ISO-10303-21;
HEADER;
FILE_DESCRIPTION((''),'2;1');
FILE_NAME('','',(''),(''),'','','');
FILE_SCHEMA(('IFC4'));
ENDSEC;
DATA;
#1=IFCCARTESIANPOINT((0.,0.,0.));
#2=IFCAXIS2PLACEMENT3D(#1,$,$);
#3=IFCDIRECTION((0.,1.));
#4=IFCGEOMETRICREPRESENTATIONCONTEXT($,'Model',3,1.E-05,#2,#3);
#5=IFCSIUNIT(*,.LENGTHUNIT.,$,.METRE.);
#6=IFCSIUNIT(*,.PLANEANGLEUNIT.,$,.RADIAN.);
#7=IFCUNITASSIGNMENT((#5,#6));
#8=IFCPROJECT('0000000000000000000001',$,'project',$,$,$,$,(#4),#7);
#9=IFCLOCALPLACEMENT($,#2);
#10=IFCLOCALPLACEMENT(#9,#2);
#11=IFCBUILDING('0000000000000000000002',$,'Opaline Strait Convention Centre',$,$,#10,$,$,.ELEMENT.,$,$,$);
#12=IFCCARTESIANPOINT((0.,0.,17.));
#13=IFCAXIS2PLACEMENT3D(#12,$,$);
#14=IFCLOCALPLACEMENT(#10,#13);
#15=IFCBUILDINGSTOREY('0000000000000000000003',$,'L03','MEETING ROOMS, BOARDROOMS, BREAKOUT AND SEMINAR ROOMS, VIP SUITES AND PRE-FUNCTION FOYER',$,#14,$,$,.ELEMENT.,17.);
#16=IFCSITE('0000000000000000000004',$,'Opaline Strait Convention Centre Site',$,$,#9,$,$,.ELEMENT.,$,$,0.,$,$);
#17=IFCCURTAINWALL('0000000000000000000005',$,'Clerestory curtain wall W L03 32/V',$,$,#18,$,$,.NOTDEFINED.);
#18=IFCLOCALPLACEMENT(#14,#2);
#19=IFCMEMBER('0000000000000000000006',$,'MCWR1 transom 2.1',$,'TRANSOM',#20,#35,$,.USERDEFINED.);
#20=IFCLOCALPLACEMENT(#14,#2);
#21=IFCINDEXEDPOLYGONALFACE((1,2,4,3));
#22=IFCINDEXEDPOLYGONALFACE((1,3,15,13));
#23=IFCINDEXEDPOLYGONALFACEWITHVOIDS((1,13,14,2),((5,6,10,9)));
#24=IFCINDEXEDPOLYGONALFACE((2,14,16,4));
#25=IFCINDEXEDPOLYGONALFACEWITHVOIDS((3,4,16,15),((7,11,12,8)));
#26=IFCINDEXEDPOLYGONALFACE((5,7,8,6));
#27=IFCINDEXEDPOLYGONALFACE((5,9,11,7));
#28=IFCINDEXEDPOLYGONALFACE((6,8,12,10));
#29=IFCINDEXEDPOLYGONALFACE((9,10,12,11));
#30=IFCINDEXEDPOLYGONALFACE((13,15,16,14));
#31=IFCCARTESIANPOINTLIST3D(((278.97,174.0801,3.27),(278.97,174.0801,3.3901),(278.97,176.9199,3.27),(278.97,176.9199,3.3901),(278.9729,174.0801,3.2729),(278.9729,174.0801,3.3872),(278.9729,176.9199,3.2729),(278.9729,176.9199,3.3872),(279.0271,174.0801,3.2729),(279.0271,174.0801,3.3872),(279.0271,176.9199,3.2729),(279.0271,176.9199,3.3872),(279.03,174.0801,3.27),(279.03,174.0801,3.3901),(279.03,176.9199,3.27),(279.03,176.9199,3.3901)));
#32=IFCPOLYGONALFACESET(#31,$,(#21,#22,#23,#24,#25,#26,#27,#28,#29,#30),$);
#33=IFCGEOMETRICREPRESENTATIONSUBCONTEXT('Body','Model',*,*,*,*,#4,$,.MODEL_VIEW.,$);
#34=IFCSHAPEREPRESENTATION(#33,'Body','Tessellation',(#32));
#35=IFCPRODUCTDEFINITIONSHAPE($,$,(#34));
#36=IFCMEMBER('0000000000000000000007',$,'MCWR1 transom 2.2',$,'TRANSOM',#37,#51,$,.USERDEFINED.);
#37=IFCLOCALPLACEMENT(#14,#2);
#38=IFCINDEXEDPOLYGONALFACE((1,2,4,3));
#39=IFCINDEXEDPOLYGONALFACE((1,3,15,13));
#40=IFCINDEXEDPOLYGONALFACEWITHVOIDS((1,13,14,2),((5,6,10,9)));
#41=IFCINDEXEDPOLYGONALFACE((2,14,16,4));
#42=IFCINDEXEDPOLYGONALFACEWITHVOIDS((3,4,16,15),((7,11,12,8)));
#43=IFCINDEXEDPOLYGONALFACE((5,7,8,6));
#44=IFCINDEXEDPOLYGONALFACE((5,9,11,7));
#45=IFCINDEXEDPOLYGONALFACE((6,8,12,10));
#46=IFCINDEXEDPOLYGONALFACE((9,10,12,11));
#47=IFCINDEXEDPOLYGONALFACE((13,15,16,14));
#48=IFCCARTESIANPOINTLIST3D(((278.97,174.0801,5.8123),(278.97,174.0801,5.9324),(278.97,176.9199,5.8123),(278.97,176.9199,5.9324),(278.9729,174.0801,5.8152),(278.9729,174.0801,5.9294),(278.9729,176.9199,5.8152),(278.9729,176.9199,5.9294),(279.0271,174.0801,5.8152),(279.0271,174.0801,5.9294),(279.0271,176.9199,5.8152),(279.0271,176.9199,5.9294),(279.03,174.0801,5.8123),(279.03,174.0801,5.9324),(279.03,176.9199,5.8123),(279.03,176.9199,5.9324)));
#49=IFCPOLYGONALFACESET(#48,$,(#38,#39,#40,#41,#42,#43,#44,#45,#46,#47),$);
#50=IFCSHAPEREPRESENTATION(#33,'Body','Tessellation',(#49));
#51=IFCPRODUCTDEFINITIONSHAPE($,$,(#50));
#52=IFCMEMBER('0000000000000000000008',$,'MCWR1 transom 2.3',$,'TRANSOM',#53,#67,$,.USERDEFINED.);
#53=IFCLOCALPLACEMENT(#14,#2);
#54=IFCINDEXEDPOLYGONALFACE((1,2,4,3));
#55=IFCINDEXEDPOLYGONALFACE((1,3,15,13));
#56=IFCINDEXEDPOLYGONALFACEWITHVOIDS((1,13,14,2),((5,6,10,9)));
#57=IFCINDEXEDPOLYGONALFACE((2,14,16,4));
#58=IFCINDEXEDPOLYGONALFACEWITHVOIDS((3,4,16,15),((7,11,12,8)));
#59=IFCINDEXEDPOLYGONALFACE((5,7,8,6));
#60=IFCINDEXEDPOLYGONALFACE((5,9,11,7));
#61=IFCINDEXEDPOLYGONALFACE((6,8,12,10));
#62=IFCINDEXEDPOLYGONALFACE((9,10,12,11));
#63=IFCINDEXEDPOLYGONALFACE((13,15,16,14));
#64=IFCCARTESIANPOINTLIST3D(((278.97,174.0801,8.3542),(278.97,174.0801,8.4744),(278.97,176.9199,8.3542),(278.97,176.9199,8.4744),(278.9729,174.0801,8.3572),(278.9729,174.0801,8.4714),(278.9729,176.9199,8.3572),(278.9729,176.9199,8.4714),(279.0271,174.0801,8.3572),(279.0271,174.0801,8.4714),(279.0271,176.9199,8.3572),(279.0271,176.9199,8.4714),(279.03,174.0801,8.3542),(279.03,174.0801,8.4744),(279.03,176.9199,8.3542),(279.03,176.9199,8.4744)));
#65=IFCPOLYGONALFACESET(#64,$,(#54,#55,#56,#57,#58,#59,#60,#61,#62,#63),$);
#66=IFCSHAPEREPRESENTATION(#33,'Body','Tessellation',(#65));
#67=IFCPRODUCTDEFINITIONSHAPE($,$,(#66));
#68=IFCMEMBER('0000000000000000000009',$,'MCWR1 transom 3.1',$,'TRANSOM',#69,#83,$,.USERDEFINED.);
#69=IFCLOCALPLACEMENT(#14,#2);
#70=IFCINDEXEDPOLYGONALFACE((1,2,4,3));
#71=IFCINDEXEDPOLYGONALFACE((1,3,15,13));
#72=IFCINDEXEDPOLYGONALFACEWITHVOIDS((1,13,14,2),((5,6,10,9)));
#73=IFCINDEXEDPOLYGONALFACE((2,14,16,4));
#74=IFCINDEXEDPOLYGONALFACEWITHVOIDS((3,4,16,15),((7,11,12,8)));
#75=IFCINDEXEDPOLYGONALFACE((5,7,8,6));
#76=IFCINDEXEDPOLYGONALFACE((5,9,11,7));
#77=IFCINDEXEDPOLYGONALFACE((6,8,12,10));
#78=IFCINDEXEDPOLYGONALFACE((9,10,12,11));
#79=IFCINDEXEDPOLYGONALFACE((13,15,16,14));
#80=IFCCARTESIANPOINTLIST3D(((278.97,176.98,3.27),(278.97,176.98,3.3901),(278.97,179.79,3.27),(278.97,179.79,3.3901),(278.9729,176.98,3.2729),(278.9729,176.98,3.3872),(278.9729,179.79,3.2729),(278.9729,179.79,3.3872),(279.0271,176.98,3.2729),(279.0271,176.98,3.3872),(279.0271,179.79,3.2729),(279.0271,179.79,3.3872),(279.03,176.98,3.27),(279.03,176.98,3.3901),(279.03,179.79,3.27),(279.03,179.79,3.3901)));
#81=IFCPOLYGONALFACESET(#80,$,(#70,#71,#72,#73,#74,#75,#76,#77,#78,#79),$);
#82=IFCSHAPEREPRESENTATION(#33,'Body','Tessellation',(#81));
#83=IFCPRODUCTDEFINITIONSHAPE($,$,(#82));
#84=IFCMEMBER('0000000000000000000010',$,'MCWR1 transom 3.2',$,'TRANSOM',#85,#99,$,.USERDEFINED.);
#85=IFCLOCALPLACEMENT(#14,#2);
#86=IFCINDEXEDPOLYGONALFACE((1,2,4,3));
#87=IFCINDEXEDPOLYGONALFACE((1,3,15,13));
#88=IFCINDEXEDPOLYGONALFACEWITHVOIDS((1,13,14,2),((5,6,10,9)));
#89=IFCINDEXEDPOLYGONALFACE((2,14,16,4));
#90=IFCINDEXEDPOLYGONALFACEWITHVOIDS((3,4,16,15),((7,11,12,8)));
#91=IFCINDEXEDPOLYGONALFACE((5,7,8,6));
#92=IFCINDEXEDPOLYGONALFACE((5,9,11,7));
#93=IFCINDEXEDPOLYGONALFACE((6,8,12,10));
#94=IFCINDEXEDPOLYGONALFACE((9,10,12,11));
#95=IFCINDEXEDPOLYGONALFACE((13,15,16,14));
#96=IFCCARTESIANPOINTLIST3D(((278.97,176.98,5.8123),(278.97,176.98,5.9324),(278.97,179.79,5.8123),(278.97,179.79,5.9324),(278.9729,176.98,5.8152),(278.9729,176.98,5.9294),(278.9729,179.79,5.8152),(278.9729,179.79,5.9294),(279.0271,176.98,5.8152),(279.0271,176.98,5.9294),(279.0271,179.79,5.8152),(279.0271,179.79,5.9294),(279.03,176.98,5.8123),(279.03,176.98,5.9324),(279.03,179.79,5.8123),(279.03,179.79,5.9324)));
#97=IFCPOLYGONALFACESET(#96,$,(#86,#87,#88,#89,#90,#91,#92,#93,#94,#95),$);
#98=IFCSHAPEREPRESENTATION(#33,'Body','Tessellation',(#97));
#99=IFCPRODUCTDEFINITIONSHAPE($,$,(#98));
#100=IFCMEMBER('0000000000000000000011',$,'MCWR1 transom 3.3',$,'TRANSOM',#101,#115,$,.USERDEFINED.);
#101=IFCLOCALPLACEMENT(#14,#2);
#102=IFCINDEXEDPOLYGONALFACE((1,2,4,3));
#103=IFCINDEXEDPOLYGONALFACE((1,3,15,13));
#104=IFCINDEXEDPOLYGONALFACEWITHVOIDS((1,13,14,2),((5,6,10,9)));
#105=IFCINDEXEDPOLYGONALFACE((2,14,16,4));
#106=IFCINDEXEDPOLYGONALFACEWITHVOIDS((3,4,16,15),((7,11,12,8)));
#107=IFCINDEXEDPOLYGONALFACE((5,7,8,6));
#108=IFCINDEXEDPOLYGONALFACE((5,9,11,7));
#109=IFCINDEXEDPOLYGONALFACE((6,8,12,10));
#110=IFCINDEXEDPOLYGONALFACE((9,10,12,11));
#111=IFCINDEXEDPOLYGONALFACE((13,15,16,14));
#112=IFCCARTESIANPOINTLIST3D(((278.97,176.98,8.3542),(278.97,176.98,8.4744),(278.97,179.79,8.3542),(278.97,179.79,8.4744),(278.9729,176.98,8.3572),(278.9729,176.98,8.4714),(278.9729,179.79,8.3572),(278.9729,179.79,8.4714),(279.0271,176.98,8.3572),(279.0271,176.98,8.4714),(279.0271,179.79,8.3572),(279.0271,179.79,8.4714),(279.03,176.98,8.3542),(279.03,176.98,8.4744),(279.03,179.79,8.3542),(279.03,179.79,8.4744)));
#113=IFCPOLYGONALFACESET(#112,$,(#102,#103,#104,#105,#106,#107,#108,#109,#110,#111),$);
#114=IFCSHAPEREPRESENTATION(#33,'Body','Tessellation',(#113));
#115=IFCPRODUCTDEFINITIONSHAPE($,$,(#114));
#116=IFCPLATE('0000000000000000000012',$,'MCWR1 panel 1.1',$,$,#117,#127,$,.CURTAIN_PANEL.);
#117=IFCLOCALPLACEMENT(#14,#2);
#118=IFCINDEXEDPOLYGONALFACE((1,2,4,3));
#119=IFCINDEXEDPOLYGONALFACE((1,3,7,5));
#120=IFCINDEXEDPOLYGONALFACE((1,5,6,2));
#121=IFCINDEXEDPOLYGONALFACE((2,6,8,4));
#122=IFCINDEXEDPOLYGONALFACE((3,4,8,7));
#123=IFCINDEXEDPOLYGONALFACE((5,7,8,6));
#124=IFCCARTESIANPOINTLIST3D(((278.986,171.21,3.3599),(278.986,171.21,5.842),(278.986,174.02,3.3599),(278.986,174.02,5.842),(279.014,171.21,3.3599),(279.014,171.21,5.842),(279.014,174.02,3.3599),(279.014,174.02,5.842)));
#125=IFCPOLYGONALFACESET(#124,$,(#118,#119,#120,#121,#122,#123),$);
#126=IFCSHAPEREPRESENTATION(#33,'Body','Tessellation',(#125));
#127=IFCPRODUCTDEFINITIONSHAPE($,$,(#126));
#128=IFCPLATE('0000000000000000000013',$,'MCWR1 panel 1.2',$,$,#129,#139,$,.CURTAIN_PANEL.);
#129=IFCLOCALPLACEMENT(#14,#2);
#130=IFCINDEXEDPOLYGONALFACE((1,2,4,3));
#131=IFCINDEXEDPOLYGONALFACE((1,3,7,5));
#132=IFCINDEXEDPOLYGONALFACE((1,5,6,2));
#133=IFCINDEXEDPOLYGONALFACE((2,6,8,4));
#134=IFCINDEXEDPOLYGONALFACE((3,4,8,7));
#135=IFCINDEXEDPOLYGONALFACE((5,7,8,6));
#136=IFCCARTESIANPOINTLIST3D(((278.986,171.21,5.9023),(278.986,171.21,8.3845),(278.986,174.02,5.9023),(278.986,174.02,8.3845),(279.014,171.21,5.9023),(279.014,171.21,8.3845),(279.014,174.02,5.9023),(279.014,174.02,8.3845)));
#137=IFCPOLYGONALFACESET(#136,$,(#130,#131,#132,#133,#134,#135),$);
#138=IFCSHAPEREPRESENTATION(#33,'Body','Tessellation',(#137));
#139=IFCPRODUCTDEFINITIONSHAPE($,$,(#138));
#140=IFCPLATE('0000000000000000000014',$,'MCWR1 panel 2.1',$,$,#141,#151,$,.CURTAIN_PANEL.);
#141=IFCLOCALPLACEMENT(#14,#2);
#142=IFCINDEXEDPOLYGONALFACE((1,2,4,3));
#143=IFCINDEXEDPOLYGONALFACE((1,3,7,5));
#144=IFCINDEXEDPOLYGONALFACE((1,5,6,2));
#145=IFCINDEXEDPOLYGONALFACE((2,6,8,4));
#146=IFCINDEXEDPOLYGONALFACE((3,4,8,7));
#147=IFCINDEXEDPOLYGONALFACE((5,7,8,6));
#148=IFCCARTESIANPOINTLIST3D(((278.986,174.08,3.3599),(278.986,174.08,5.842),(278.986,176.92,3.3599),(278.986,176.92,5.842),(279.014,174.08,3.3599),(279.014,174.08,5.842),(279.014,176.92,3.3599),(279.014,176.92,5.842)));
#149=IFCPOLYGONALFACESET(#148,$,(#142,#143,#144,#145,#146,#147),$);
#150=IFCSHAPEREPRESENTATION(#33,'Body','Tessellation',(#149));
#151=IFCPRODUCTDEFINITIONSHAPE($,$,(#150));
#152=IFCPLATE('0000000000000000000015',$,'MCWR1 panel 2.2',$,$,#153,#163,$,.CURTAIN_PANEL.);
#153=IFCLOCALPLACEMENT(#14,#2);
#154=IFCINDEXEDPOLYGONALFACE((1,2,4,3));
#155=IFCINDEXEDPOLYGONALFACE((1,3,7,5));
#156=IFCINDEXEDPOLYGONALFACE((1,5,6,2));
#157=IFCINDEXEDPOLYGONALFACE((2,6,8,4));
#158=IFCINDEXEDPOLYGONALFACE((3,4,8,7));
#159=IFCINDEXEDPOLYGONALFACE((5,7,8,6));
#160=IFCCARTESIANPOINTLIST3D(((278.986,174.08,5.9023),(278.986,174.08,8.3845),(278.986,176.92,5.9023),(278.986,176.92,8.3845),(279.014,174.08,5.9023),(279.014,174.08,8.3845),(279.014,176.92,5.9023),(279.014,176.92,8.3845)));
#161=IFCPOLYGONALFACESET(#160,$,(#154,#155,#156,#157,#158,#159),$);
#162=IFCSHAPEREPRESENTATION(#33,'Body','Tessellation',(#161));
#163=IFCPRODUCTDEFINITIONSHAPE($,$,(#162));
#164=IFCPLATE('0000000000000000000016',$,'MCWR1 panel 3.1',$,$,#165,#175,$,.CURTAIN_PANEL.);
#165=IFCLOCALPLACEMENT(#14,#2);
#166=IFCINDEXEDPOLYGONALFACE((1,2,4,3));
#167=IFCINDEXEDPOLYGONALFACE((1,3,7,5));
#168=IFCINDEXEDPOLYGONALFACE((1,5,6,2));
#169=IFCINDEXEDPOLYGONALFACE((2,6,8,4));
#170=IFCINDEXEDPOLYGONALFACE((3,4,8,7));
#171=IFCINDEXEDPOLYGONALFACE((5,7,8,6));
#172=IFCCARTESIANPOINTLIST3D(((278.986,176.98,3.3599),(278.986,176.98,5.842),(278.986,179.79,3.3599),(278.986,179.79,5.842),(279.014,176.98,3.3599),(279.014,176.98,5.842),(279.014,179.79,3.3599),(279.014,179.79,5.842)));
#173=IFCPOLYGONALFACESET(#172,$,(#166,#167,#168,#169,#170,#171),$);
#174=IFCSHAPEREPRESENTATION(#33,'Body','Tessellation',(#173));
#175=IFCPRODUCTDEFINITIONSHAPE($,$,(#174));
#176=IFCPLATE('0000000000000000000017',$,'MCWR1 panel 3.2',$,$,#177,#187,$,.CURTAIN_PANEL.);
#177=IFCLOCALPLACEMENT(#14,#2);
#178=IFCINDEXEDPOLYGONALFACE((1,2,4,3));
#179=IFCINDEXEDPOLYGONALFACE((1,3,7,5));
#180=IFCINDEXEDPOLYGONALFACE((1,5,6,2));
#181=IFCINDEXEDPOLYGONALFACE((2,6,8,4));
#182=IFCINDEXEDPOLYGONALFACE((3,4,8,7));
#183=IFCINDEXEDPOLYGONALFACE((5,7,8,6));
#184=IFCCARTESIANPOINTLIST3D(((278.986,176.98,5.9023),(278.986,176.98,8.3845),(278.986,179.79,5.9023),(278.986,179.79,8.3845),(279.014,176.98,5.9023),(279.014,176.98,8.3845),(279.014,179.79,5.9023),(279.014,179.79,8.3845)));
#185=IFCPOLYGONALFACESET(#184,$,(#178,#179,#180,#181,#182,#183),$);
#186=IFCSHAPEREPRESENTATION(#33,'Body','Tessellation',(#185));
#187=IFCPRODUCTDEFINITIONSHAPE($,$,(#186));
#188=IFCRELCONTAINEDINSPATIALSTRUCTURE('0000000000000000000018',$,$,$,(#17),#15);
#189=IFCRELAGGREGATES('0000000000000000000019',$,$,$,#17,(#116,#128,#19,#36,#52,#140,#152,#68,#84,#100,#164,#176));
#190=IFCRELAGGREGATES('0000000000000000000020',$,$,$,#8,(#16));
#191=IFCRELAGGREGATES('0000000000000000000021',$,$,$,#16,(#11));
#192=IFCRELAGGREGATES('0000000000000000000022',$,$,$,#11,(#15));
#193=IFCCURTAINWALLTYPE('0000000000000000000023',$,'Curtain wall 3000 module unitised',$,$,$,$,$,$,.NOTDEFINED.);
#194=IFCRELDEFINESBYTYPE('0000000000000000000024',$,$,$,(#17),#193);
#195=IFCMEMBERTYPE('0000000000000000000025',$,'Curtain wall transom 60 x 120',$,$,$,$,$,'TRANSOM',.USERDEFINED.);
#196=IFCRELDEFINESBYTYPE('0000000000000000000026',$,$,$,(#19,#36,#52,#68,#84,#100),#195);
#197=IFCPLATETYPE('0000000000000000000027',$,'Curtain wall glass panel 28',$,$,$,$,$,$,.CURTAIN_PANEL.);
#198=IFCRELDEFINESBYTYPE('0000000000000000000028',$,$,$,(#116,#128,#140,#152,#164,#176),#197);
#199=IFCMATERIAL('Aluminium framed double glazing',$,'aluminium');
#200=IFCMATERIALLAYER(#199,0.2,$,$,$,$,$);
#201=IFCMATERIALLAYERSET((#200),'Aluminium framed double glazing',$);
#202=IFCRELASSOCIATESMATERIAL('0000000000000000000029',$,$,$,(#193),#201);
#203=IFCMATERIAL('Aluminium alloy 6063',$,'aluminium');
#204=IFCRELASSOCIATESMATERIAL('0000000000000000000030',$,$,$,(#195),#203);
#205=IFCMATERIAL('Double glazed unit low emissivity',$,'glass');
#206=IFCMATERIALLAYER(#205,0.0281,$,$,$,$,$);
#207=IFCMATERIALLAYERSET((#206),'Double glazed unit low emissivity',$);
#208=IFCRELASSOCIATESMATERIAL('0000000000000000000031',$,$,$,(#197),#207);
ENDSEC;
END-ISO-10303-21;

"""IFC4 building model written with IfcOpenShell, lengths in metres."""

from ifc_helpers import new_model, si_unit, direction, frame, origin, origin_2d, place, context, subcontext, project, spatial, rectangle, hollow_rectangle, extrude, material, layer, layer_set, material_profile, profile_set, type_object, element, aggregate, save


model = new_model("IFC4")

# Units and contexts
model_context = context("Model", 3, precision=1e-05, world=origin(), true_north=direction((0.0, 1.0)))
body_context = subcontext(model_context, "Body", "Model", "MODEL_VIEW")
ifc_project = project(units=[si_unit("LENGTHUNIT", "METRE"), si_unit("PLANEANGLEUNIT", "RADIAN")], contexts=[model_context])

# Site, building, storey
site_placement = place(None, origin())
site = spatial("IfcSite", under=ifc_project, at=site_placement, Name="Opaline Strait Convention Centre Site", CompositionType="ELEMENT", RefElevation=0.0)
building_placement = place(site_placement, origin())
building = spatial("IfcBuilding", under=site, at=building_placement, Name="Opaline Strait Convention Centre", CompositionType="ELEMENT")
storey_placement = place(building_placement, frame((0.0, 0.0, 17.0)))
storey = spatial("IfcBuildingStorey", under=building, at=storey_placement, Name="L03", Description="MEETING ROOMS, BOARDROOMS, BREAKOUT AND SEMINAR ROOMS, VIP SUITES AND PRE-FUNCTION FOYER", CompositionType="ELEMENT", Elevation=17.0)

# Curtain wall, members, plates
ifc_material_1 = material(Name="Aluminium framed double glazing", Category="aluminium")
ifc_layer_1 = layer(ifc_material_1, 0.2)
ifc_layer_set_1 = layer_set([ifc_layer_1], Name="Aluminium framed double glazing")
curtain_wall_type = type_object("IfcCurtainWallType", Name="Curtain wall 3000 module unitised", PredefinedType="NOTDEFINED", material=ifc_layer_set_1)
curtain_wall_placement = place(storey_placement, origin())
curtain_wall = element("IfcCurtainWall", 1, at=curtain_wall_placement, inside=storey, type_object=curtain_wall_type, Name="Clerestory curtain wall W L03 32/V", PredefinedType="NOTDEFINED")
ifc_material_2 = material(Name="Aluminium alloy 6063", Category="aluminium")
ifc_material_profile_1 = material_profile(ifc_material_2, hollow_rectangle(XDim=0.0601, YDim=0.1201, WallThickness=0.0029, at=origin_2d()), Name="TRANSOM 60x120x3")
ifc_profile_set_1 = profile_set([ifc_material_profile_1], Name="Aluminium alloy 6063")
member_type_1 = type_object("IfcMemberType", Name="Curtain wall transom 60 x 120", ElementType="TRANSOM", PredefinedType="USERDEFINED", material=ifc_profile_set_1)
member_1_placement = place(storey_placement, frame((279.0, 174.0801, 3.3301), z_axis=(0.0, 1.0, 0.0), x_axis=(-1.0, 0.0, 0.0)))
member_1 = element("IfcMember", 2, at=member_1_placement, type_object=member_type_1, Name="MCWR1 transom 2.1", ObjectType="TRANSOM", PredefinedType="USERDEFINED", context=body_context, shape_type="SweptSolid", body=[
    extrude(hollow_rectangle(XDim=0.0601, YDim=0.1201, WallThickness=0.0029, at=origin_2d()), origin(), (0.0, 0.0, 1.0), 2.8398),
])
member_2_placement = place(storey_placement, frame((279.0, 174.0801, 5.8723), z_axis=(0.0, 1.0, 0.0), x_axis=(-1.0, 0.0, 0.0)))
member_2 = element("IfcMember", 3, at=member_2_placement, type_object=member_type_1, Name="MCWR1 transom 2.2", ObjectType="TRANSOM", PredefinedType="USERDEFINED", context=body_context, shape_type="SweptSolid", body=[
    extrude(hollow_rectangle(XDim=0.0601, YDim=0.1201, WallThickness=0.0029, at=origin_2d()), origin(), (0.0, 0.0, 1.0), 2.8398),
])
member_3_placement = place(storey_placement, frame((279.0, 174.0801, 8.4143), z_axis=(0.0, 1.0, 0.0), x_axis=(-1.0, 0.0, 0.0)))
member_3 = element("IfcMember", 4, at=member_3_placement, type_object=member_type_1, Name="MCWR1 transom 2.3", ObjectType="TRANSOM", PredefinedType="USERDEFINED", context=body_context, shape_type="SweptSolid", body=[
    extrude(hollow_rectangle(XDim=0.0601, YDim=0.1201, WallThickness=0.0029, at=origin_2d()), origin(), (0.0, 0.0, 1.0), 2.8398),
])
member_4_placement = place(storey_placement, frame((279.0, 176.98, 3.3301), z_axis=(0.0, 1.0, 0.0), x_axis=(-1.0, 0.0, 0.0)))
member_4 = element("IfcMember", 5, at=member_4_placement, type_object=member_type_1, Name="MCWR1 transom 3.1", ObjectType="TRANSOM", PredefinedType="USERDEFINED", context=body_context, shape_type="SweptSolid", body=[
    extrude(hollow_rectangle(XDim=0.0601, YDim=0.1201, WallThickness=0.0029, at=origin_2d()), origin(), (0.0, 0.0, 1.0), 2.8101),
])
member_5_placement = place(storey_placement, frame((279.0, 176.98, 5.8723), z_axis=(0.0, 1.0, 0.0), x_axis=(-1.0, 0.0, 0.0)))
member_5 = element("IfcMember", 6, at=member_5_placement, type_object=member_type_1, Name="MCWR1 transom 3.2", ObjectType="TRANSOM", PredefinedType="USERDEFINED", context=body_context, shape_type="SweptSolid", body=[
    extrude(hollow_rectangle(XDim=0.0601, YDim=0.1201, WallThickness=0.0029, at=origin_2d()), origin(), (0.0, 0.0, 1.0), 2.8101),
])
member_6_placement = place(storey_placement, frame((279.0, 176.98, 8.4143), z_axis=(0.0, 1.0, 0.0), x_axis=(-1.0, 0.0, 0.0)))
member_6 = element("IfcMember", 7, at=member_6_placement, type_object=member_type_1, Name="MCWR1 transom 3.3", ObjectType="TRANSOM", PredefinedType="USERDEFINED", context=body_context, shape_type="SweptSolid", body=[
    extrude(hollow_rectangle(XDim=0.0601, YDim=0.1201, WallThickness=0.0029, at=origin_2d()), origin(), (0.0, 0.0, 1.0), 2.8101),
])
ifc_material_3 = material(Name="Double glazed unit low emissivity", Category="glass")
ifc_layer_2 = layer(ifc_material_3, 0.0281)
ifc_layer_set_2 = layer_set([ifc_layer_2], Name="Double glazed unit low emissivity")
plate_type = type_object("IfcPlateType", Name="Curtain wall glass panel 28", PredefinedType="CURTAIN_PANEL", material=ifc_layer_set_2)
plate_1_placement = place(storey_placement, frame((279.0, 172.615, 3.3599), z_axis=(0.0, 0.0, 1.0), x_axis=(0.0, 1.0, 0.0)))
plate_1 = element("IfcPlate", 8, at=plate_1_placement, type_object=plate_type, Name="MCWR1 panel 1.1", PredefinedType="CURTAIN_PANEL", context=body_context, shape_type="SweptSolid", body=[
    extrude(rectangle(XDim=2.8101, YDim=0.0281, at=origin_2d()), origin(), (0.0, 0.0, 1.0), 2.4822),
])
plate_2_placement = place(storey_placement, frame((279.0, 172.615, 5.9023), z_axis=(0.0, 0.0, 1.0), x_axis=(0.0, 1.0, 0.0)))
plate_2 = element("IfcPlate", 9, at=plate_2_placement, type_object=plate_type, Name="MCWR1 panel 1.2", PredefinedType="CURTAIN_PANEL", context=body_context, shape_type="SweptSolid", body=[
    extrude(rectangle(XDim=2.8101, YDim=0.0281, at=origin_2d()), origin(), (0.0, 0.0, 1.0), 2.4822),
])
plate_3_placement = place(storey_placement, frame((279.0, 175.5, 3.3599), z_axis=(0.0, 0.0, 1.0), x_axis=(0.0, 1.0, 0.0)))
plate_3 = element("IfcPlate", 10, at=plate_3_placement, type_object=plate_type, Name="MCWR1 panel 2.1", PredefinedType="CURTAIN_PANEL", context=body_context, shape_type="SweptSolid", body=[
    extrude(rectangle(XDim=2.8401, YDim=0.0281, at=origin_2d()), origin(), (0.0, 0.0, 1.0), 2.4822),
])
plate_4_placement = place(storey_placement, frame((279.0, 175.5, 5.9023), z_axis=(0.0, 0.0, 1.0), x_axis=(0.0, 1.0, 0.0)))
plate_4 = element("IfcPlate", 11, at=plate_4_placement, type_object=plate_type, Name="MCWR1 panel 2.2", PredefinedType="CURTAIN_PANEL", context=body_context, shape_type="SweptSolid", body=[
    extrude(rectangle(XDim=2.8401, YDim=0.0281, at=origin_2d()), origin(), (0.0, 0.0, 1.0), 2.4822),
])
plate_5_placement = place(storey_placement, frame((279.0, 178.385, 3.3599), z_axis=(0.0, 0.0, 1.0), x_axis=(0.0, 1.0, 0.0)))
plate_5 = element("IfcPlate", 12, at=plate_5_placement, type_object=plate_type, Name="MCWR1 panel 3.1", PredefinedType="CURTAIN_PANEL", context=body_context, shape_type="SweptSolid", body=[
    extrude(rectangle(XDim=2.8101, YDim=0.0281, at=origin_2d()), origin(), (0.0, 0.0, 1.0), 2.4822),
])
plate_6_placement = place(storey_placement, frame((279.0, 178.385, 5.9023), z_axis=(0.0, 0.0, 1.0), x_axis=(0.0, 1.0, 0.0)))
plate_6 = element("IfcPlate", 13, at=plate_6_placement, type_object=plate_type, Name="MCWR1 panel 3.2", PredefinedType="CURTAIN_PANEL", context=body_context, shape_type="SweptSolid", body=[
    extrude(rectangle(XDim=2.8101, YDim=0.0281, at=origin_2d()), origin(), (0.0, 0.0, 1.0), 2.4822),
])
aggregate(curtain_wall, [plate_1, plate_2, member_1, member_2, member_3, plate_3, plate_4, member_4, member_5, member_6, plate_5, plate_6])

save(model, "model.ifc")
